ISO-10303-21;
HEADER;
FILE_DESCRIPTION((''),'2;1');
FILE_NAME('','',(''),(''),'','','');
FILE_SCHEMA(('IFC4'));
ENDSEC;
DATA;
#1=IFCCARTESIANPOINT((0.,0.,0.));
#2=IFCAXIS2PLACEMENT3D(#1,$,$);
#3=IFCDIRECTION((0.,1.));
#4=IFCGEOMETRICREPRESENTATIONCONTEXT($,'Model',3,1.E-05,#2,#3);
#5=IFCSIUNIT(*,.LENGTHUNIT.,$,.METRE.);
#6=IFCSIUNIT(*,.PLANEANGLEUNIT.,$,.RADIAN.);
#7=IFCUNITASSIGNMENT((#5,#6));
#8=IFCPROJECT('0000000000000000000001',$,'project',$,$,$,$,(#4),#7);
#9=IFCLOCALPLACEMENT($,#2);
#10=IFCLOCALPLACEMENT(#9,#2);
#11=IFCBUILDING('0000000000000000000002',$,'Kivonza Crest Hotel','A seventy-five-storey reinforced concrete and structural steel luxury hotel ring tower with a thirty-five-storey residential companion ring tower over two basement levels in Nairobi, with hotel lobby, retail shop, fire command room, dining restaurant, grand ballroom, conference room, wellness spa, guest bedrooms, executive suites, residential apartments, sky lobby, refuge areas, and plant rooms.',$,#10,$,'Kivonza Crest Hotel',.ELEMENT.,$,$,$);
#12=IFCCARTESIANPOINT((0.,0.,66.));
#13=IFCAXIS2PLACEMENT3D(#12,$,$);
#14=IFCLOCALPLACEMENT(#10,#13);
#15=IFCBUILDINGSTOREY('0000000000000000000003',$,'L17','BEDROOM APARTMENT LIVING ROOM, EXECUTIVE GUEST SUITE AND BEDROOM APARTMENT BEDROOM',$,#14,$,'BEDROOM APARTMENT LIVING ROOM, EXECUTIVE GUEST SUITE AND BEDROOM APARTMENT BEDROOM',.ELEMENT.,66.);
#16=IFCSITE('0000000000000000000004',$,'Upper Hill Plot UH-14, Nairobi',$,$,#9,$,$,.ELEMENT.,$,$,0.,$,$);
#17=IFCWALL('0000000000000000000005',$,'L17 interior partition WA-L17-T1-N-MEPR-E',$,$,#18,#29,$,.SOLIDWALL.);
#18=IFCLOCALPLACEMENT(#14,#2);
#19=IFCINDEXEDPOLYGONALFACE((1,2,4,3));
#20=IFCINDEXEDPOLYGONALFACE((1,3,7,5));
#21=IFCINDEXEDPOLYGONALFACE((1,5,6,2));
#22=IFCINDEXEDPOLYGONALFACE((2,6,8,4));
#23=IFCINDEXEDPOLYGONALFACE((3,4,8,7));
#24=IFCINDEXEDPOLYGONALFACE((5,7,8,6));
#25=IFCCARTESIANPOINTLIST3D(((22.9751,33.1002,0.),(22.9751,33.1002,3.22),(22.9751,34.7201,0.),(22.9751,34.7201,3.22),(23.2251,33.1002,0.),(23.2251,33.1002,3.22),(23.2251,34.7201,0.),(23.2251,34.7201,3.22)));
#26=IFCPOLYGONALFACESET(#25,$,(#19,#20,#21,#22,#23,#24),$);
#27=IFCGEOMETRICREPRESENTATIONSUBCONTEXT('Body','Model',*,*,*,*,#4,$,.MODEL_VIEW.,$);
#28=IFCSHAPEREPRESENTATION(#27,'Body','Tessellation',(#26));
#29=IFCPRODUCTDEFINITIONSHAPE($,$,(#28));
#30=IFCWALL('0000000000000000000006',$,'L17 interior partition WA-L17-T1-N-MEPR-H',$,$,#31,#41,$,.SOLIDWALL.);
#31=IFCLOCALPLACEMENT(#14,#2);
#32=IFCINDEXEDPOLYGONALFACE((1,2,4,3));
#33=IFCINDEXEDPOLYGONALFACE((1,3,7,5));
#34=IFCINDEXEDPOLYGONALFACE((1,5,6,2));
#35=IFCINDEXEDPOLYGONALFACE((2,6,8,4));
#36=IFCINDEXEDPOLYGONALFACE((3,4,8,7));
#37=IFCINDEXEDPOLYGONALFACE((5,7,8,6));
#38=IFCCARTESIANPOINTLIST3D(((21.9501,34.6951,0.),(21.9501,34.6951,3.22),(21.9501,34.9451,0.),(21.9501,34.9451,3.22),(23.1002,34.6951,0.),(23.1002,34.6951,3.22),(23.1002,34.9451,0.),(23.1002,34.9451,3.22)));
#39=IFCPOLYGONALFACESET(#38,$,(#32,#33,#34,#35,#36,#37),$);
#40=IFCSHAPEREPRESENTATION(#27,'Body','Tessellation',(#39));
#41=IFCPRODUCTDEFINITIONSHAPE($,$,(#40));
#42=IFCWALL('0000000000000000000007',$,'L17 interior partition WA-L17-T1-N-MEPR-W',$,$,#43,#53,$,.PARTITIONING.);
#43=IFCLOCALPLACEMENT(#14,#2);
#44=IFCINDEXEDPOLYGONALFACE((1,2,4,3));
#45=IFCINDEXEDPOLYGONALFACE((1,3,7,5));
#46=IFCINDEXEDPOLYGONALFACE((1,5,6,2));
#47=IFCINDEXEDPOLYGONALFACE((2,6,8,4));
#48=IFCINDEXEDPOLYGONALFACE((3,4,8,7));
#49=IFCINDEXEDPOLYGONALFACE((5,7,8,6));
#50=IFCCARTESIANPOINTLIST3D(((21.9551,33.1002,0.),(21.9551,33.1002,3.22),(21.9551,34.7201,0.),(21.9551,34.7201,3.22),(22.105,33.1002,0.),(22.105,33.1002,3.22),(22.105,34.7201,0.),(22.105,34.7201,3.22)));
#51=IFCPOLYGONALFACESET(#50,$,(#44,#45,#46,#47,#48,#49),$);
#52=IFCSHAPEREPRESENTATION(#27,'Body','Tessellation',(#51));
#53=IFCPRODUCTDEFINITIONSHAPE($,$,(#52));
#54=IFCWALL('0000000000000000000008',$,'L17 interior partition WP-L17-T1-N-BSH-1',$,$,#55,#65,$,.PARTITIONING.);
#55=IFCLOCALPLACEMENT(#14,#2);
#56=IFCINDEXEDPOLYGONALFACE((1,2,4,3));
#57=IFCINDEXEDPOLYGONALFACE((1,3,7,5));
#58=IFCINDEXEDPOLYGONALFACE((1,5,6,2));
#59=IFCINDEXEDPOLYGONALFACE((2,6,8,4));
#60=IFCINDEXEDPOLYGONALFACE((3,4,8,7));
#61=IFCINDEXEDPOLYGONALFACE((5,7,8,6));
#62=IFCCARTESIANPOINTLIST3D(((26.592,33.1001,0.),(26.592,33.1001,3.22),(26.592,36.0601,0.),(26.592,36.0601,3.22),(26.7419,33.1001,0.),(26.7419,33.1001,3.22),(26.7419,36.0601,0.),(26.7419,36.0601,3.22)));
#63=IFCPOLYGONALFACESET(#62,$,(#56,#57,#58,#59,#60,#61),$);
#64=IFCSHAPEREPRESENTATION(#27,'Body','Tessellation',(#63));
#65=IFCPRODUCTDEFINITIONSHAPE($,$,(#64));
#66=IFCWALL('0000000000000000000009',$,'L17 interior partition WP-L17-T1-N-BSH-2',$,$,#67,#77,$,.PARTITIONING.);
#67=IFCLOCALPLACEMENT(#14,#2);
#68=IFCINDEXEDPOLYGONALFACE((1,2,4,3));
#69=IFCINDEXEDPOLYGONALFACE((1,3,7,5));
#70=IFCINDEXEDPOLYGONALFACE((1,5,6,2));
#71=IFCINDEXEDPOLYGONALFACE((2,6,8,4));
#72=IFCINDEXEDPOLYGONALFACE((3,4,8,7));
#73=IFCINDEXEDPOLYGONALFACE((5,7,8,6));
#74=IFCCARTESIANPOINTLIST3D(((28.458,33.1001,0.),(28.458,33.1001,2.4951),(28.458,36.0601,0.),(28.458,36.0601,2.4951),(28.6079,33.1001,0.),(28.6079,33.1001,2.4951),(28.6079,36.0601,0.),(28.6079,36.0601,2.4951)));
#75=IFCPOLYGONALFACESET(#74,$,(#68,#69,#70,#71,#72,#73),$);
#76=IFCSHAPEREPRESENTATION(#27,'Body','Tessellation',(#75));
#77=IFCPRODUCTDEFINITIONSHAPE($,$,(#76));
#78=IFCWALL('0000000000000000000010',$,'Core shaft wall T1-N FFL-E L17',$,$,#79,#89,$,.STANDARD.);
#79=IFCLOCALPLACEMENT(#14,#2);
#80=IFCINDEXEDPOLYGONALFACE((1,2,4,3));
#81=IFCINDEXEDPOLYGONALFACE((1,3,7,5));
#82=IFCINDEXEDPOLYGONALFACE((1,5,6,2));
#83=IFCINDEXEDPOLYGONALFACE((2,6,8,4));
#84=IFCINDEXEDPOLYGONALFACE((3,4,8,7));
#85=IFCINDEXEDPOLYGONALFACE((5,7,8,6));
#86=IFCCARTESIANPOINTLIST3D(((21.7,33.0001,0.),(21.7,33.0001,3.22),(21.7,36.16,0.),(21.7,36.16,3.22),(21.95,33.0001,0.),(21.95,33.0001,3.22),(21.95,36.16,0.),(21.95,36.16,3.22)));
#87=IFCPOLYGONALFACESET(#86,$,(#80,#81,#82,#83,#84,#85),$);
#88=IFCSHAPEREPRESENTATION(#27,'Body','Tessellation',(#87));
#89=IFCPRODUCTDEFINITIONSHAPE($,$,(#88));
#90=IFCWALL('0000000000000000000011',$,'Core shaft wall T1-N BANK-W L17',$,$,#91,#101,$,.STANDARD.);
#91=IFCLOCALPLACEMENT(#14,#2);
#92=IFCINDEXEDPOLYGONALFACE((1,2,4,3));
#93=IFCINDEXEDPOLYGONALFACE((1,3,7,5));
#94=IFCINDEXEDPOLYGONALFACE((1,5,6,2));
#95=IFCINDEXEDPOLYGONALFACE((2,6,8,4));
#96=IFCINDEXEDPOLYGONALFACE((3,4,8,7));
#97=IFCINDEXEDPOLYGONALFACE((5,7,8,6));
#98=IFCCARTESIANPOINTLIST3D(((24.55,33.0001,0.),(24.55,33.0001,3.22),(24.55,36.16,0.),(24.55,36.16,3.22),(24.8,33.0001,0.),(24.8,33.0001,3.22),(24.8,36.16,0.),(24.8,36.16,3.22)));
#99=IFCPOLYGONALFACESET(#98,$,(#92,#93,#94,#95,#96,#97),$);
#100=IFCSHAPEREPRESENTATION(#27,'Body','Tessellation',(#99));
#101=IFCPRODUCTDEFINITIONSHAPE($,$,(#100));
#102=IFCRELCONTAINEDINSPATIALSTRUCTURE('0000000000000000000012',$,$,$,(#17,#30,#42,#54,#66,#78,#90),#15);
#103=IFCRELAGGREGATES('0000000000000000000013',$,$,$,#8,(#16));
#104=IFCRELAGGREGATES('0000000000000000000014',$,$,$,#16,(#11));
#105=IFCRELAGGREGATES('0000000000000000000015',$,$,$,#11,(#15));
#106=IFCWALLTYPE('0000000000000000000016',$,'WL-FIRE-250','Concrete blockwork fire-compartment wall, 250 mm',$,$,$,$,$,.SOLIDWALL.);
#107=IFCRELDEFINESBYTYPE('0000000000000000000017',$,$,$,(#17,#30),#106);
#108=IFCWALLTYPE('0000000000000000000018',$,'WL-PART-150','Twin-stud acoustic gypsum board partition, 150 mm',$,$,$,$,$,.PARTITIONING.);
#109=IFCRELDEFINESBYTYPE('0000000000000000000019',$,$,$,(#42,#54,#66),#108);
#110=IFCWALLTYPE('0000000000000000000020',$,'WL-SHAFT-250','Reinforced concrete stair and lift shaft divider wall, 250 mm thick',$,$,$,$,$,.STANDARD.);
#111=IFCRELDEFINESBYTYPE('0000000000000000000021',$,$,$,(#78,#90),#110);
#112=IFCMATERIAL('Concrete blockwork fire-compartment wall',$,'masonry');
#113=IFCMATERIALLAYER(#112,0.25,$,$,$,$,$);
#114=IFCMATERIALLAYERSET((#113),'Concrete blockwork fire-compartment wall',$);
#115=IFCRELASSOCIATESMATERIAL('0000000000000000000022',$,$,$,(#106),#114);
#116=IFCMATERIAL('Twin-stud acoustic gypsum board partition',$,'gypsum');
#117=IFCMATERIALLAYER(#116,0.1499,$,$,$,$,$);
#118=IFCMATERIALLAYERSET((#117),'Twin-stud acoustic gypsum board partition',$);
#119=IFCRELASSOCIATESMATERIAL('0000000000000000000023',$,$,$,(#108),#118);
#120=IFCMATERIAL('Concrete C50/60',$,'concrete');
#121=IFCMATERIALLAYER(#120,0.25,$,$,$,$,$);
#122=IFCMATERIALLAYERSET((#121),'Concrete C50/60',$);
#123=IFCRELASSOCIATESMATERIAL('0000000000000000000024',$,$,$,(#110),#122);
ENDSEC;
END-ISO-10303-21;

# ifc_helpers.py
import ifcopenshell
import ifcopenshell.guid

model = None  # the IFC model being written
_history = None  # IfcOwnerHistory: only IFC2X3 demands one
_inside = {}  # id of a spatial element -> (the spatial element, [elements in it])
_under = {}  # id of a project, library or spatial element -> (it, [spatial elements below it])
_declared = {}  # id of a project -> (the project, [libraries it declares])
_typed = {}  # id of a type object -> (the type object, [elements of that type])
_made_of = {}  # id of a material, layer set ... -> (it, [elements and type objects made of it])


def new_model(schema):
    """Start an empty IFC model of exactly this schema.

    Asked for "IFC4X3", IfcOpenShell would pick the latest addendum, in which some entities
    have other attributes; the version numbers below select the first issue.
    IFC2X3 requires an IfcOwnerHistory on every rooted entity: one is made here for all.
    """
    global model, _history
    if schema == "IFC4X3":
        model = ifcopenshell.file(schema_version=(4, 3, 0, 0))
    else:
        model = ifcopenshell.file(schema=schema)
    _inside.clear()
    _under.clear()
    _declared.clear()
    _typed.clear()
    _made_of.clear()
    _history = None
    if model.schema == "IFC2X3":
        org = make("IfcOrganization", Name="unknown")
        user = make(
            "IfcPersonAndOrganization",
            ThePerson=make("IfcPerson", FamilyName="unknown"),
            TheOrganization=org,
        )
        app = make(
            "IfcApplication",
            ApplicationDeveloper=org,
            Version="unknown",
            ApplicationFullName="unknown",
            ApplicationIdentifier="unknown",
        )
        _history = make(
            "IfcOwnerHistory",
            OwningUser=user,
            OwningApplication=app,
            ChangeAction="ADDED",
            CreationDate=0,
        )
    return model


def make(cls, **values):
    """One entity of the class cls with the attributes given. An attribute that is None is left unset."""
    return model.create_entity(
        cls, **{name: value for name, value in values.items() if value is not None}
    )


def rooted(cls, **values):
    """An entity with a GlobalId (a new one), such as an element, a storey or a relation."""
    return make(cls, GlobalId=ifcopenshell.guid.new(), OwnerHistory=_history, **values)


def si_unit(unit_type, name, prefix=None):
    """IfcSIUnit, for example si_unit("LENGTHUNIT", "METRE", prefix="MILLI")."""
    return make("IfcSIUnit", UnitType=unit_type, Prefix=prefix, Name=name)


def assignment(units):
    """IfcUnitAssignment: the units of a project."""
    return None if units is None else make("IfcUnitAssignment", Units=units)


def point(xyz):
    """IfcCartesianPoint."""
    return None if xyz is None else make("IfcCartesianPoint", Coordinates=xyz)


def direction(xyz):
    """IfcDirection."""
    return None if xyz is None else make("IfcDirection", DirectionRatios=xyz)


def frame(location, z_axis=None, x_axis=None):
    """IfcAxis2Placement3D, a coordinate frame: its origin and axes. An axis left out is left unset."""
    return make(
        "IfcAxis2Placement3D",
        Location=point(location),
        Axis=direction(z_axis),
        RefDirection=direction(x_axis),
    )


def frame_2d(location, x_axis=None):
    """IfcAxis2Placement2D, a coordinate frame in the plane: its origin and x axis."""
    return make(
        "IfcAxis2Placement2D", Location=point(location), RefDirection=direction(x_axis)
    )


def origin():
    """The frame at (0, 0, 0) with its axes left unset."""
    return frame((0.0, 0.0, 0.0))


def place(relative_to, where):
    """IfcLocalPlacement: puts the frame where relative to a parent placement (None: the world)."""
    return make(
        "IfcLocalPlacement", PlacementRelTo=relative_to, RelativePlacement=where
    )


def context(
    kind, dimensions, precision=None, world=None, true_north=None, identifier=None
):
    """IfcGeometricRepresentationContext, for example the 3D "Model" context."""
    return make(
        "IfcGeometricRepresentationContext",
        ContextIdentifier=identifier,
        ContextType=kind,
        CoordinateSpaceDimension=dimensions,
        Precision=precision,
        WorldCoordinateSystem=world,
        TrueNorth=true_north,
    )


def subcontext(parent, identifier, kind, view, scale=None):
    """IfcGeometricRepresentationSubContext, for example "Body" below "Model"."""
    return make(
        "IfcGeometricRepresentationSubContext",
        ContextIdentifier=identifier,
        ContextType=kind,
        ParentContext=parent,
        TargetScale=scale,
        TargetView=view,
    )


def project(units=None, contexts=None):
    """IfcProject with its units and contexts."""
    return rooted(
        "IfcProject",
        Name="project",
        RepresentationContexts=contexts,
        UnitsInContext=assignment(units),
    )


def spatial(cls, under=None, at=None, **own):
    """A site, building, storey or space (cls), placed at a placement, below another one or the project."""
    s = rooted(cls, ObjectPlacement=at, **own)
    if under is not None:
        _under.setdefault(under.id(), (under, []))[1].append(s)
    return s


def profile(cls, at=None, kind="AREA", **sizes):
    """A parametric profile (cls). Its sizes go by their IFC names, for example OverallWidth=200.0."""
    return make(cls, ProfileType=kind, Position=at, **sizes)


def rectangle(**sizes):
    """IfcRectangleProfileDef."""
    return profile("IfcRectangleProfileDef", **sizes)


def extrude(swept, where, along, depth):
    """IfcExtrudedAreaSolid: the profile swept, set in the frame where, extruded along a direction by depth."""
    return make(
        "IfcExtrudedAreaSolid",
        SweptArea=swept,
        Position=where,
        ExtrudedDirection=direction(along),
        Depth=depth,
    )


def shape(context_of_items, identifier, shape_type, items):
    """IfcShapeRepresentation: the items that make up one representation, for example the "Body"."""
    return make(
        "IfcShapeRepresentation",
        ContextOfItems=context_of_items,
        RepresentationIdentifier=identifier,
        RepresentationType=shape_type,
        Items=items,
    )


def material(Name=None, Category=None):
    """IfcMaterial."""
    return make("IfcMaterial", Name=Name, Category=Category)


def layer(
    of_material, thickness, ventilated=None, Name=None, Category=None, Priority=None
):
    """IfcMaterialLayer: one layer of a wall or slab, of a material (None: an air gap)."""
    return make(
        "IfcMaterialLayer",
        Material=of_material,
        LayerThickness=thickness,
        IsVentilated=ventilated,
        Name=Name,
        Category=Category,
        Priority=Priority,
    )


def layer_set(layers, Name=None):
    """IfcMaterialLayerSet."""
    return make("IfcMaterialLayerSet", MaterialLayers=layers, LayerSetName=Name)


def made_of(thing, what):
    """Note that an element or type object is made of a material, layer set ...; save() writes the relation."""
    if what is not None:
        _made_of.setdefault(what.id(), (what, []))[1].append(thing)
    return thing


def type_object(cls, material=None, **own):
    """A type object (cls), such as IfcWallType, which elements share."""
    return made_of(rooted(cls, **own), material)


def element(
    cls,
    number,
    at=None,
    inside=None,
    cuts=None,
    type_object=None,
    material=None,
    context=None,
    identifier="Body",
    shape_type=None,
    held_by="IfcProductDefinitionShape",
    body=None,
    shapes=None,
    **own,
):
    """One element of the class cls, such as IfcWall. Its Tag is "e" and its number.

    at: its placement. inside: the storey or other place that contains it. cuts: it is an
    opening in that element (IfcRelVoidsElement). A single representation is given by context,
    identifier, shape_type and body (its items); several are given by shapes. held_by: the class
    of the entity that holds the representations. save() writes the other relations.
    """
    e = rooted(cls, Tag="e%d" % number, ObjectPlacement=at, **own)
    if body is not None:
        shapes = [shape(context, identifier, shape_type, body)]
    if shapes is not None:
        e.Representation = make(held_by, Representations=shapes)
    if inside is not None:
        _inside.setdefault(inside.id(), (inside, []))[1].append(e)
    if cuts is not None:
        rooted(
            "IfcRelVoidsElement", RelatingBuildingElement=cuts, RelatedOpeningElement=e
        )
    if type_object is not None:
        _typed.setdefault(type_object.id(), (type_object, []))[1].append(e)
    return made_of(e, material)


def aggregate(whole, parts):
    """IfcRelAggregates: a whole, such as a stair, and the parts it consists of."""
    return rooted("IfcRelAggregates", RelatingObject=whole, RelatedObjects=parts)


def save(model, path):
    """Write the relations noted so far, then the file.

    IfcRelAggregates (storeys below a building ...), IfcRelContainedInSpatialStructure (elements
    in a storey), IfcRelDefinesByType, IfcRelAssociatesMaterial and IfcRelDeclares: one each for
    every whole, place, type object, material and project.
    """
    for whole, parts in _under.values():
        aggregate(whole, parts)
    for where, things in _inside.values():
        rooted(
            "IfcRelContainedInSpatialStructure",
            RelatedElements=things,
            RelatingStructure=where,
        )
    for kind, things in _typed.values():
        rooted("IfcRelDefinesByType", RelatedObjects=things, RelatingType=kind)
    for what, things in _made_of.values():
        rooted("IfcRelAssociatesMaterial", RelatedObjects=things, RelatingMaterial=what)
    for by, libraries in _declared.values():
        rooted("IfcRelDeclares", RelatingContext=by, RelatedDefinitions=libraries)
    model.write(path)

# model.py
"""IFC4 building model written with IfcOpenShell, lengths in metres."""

from ifc_helpers import new_model, si_unit, direction, frame, frame_2d, origin, place, context, subcontext, project, spatial, rectangle, extrude, material, layer, layer_set, type_object, element, save


model = new_model("IFC4")

# Units and contexts
model_context = context("Model", 3, precision=1e-05, world=origin(), true_north=direction((0.0, 1.0)))
body_context = subcontext(model_context, "Body", "Model", "MODEL_VIEW")
ifc_project = project(units=[si_unit("LENGTHUNIT", "METRE"), si_unit("PLANEANGLEUNIT", "RADIAN")], contexts=[model_context])

# Site, building, storey
site_placement = place(None, origin())
site = spatial("IfcSite", under=ifc_project, at=site_placement, Name="Upper Hill Plot UH-14, Nairobi", CompositionType="ELEMENT", RefElevation=0.0)
building_placement = place(site_placement, origin())
building = spatial("IfcBuilding", under=site, at=building_placement, Name="Kivonza Crest Hotel", Description="A seventy-five-storey reinforced concrete and structural steel luxury hotel ring tower with a thirty-five-storey residential companion ring tower over two basement levels in Nairobi, with hotel lobby, retail shop, fire command room, dining restaurant, grand ballroom, conference room, wellness spa, guest bedrooms, executive suites, residential apartments, sky lobby, refuge areas, and plant rooms.", LongName="Kivonza Crest Hotel", CompositionType="ELEMENT")
storey_placement = place(building_placement, frame((0.0, 0.0, 66.0)))
storey = spatial("IfcBuildingStorey", under=building, at=storey_placement, Name="L17", Description="BEDROOM APARTMENT LIVING ROOM, EXECUTIVE GUEST SUITE AND BEDROOM APARTMENT BEDROOM", LongName="BEDROOM APARTMENT LIVING ROOM, EXECUTIVE GUEST SUITE AND BEDROOM APARTMENT BEDROOM", CompositionType="ELEMENT", Elevation=66.0)

# Walls
ifc_material_1 = material(Name="Concrete blockwork fire-compartment wall", Category="masonry")
ifc_layer_1 = layer(ifc_material_1, 0.25)
ifc_layer_set_1 = layer_set([ifc_layer_1], Name="Concrete blockwork fire-compartment wall")
wall_type_1 = type_object("IfcWallType", Name="WL-FIRE-250", Description="Concrete blockwork fire-compartment wall, 250 mm", PredefinedType="SOLIDWALL", material=ifc_layer_set_1)
wall_1_placement = place(storey_placement, frame((23.1001, 33.1001, 0.0), z_axis=(0.0, 0.0, 1.0), x_axis=(0.0, 1.0, 0.0)))
element("IfcWall", 1, at=wall_1_placement, inside=storey, type_object=wall_type_1, Name="L17 interior partition WA-L17-T1-N-MEPR-E", PredefinedType="SOLIDWALL", context=body_context, shape_type="SweptSolid", body=[
    extrude(rectangle(XDim=1.6199, YDim=0.25, at=frame_2d((0.8101, 0.0))), origin(), (0.0, 0.0, 1.0), 3.22),
])
wall_2_placement = place(storey_placement, frame((21.95, 34.8201, 0.0), z_axis=(0.0, 0.0, 1.0), x_axis=(1.0, 0.0, 0.0)))
element("IfcWall", 2, at=wall_2_placement, inside=storey, type_object=wall_type_1, Name="L17 interior partition WA-L17-T1-N-MEPR-H", PredefinedType="SOLIDWALL", context=body_context, shape_type="SweptSolid", body=[
    extrude(rectangle(XDim=1.1501, YDim=0.25, at=frame_2d((0.5752, 0.0))), origin(), (0.0, 0.0, 1.0), 3.22),
])
ifc_material_2 = material(Name="Twin-stud acoustic gypsum board partition", Category="gypsum")
ifc_layer_2 = layer(ifc_material_2, 0.1499)
ifc_layer_set_2 = layer_set([ifc_layer_2], Name="Twin-stud acoustic gypsum board partition")
wall_type_2 = type_object("IfcWallType", Name="WL-PART-150", Description="Twin-stud acoustic gypsum board partition, 150 mm", PredefinedType="PARTITIONING", material=ifc_layer_set_2)
wall_3_placement = place(storey_placement, frame((22.03, 33.1001, 0.0), z_axis=(0.0, 0.0, 1.0), x_axis=(0.0, 1.0, 0.0)))
element("IfcWall", 3, at=wall_3_placement, inside=storey, type_object=wall_type_2, Name="L17 interior partition WA-L17-T1-N-MEPR-W", PredefinedType="PARTITIONING", context=body_context, shape_type="SweptSolid", body=[
    extrude(rectangle(XDim=1.6199, YDim=0.1499, at=frame_2d((0.8101, 0.0))), origin(), (0.0, 0.0, 1.0), 3.22),
])
wall_4_placement = place(storey_placement, frame((26.667, 33.1001, 0.0), z_axis=(0.0, 0.0, 1.0), x_axis=(0.0, 1.0, 0.0)))
element("IfcWall", 4, at=wall_4_placement, inside=storey, type_object=wall_type_2, Name="L17 interior partition WP-L17-T1-N-BSH-1", PredefinedType="PARTITIONING", context=body_context, shape_type="SweptSolid", body=[
    extrude(rectangle(XDim=2.96, YDim=0.1499, at=frame_2d((1.48, 0.0))), origin(), (0.0, 0.0, 1.0), 3.22),
])
wall_5_placement = place(storey_placement, frame((28.533, 33.1001, 0.0), z_axis=(0.0, 0.0, 1.0), x_axis=(0.0, 1.0, 0.0)))
element("IfcWall", 5, at=wall_5_placement, inside=storey, type_object=wall_type_2, Name="L17 interior partition WP-L17-T1-N-BSH-2", PredefinedType="PARTITIONING", context=body_context, shape_type="SweptSolid", body=[
    extrude(rectangle(XDim=2.96, YDim=0.1499, at=frame_2d((1.48, 0.0))), origin(), (0.0, 0.0, 1.0), 2.4951),
])

# Shared definitions
ifc_material_3 = material(Name="Concrete C50/60", Category="concrete")
ifc_layer_3 = layer(ifc_material_3, 0.25)
ifc_layer_set_3 = layer_set([ifc_layer_3], Name="Concrete C50/60")
wall_type_3 = type_object("IfcWallType", Name="WL-SHAFT-250", Description="Reinforced concrete stair and lift shaft divider wall, 250 mm thick", PredefinedType="STANDARD", material=ifc_layer_set_3)

# Walls
for number, where, z_axis, x_axis, name in (
    (6, (21.825, 33.0, 0.0), (0.0, 0.0, 1.0), (0.0, 1.0, 0.0), "Core shaft wall T1-N FFL-E L17"),
    (7, (24.675, 33.0, 0.0), (0.0, 0.0, 1.0), (0.0, 1.0, 0.0), "Core shaft wall T1-N BANK-W L17"),
):
    element("IfcWall", number, at=place(storey_placement, frame(where, z_axis=z_axis, x_axis=x_axis)), inside=storey, type_object=wall_type_3, Name=name, PredefinedType="STANDARD", context=body_context, shape_type="SweptSolid", body=[
        extrude(rectangle(XDim=3.1599, YDim=0.25, at=frame_2d((1.5801, 0.0))), origin(), (0.0, 0.0, 1.0), 3.22),
    ])

save(model, "model.ifc")
